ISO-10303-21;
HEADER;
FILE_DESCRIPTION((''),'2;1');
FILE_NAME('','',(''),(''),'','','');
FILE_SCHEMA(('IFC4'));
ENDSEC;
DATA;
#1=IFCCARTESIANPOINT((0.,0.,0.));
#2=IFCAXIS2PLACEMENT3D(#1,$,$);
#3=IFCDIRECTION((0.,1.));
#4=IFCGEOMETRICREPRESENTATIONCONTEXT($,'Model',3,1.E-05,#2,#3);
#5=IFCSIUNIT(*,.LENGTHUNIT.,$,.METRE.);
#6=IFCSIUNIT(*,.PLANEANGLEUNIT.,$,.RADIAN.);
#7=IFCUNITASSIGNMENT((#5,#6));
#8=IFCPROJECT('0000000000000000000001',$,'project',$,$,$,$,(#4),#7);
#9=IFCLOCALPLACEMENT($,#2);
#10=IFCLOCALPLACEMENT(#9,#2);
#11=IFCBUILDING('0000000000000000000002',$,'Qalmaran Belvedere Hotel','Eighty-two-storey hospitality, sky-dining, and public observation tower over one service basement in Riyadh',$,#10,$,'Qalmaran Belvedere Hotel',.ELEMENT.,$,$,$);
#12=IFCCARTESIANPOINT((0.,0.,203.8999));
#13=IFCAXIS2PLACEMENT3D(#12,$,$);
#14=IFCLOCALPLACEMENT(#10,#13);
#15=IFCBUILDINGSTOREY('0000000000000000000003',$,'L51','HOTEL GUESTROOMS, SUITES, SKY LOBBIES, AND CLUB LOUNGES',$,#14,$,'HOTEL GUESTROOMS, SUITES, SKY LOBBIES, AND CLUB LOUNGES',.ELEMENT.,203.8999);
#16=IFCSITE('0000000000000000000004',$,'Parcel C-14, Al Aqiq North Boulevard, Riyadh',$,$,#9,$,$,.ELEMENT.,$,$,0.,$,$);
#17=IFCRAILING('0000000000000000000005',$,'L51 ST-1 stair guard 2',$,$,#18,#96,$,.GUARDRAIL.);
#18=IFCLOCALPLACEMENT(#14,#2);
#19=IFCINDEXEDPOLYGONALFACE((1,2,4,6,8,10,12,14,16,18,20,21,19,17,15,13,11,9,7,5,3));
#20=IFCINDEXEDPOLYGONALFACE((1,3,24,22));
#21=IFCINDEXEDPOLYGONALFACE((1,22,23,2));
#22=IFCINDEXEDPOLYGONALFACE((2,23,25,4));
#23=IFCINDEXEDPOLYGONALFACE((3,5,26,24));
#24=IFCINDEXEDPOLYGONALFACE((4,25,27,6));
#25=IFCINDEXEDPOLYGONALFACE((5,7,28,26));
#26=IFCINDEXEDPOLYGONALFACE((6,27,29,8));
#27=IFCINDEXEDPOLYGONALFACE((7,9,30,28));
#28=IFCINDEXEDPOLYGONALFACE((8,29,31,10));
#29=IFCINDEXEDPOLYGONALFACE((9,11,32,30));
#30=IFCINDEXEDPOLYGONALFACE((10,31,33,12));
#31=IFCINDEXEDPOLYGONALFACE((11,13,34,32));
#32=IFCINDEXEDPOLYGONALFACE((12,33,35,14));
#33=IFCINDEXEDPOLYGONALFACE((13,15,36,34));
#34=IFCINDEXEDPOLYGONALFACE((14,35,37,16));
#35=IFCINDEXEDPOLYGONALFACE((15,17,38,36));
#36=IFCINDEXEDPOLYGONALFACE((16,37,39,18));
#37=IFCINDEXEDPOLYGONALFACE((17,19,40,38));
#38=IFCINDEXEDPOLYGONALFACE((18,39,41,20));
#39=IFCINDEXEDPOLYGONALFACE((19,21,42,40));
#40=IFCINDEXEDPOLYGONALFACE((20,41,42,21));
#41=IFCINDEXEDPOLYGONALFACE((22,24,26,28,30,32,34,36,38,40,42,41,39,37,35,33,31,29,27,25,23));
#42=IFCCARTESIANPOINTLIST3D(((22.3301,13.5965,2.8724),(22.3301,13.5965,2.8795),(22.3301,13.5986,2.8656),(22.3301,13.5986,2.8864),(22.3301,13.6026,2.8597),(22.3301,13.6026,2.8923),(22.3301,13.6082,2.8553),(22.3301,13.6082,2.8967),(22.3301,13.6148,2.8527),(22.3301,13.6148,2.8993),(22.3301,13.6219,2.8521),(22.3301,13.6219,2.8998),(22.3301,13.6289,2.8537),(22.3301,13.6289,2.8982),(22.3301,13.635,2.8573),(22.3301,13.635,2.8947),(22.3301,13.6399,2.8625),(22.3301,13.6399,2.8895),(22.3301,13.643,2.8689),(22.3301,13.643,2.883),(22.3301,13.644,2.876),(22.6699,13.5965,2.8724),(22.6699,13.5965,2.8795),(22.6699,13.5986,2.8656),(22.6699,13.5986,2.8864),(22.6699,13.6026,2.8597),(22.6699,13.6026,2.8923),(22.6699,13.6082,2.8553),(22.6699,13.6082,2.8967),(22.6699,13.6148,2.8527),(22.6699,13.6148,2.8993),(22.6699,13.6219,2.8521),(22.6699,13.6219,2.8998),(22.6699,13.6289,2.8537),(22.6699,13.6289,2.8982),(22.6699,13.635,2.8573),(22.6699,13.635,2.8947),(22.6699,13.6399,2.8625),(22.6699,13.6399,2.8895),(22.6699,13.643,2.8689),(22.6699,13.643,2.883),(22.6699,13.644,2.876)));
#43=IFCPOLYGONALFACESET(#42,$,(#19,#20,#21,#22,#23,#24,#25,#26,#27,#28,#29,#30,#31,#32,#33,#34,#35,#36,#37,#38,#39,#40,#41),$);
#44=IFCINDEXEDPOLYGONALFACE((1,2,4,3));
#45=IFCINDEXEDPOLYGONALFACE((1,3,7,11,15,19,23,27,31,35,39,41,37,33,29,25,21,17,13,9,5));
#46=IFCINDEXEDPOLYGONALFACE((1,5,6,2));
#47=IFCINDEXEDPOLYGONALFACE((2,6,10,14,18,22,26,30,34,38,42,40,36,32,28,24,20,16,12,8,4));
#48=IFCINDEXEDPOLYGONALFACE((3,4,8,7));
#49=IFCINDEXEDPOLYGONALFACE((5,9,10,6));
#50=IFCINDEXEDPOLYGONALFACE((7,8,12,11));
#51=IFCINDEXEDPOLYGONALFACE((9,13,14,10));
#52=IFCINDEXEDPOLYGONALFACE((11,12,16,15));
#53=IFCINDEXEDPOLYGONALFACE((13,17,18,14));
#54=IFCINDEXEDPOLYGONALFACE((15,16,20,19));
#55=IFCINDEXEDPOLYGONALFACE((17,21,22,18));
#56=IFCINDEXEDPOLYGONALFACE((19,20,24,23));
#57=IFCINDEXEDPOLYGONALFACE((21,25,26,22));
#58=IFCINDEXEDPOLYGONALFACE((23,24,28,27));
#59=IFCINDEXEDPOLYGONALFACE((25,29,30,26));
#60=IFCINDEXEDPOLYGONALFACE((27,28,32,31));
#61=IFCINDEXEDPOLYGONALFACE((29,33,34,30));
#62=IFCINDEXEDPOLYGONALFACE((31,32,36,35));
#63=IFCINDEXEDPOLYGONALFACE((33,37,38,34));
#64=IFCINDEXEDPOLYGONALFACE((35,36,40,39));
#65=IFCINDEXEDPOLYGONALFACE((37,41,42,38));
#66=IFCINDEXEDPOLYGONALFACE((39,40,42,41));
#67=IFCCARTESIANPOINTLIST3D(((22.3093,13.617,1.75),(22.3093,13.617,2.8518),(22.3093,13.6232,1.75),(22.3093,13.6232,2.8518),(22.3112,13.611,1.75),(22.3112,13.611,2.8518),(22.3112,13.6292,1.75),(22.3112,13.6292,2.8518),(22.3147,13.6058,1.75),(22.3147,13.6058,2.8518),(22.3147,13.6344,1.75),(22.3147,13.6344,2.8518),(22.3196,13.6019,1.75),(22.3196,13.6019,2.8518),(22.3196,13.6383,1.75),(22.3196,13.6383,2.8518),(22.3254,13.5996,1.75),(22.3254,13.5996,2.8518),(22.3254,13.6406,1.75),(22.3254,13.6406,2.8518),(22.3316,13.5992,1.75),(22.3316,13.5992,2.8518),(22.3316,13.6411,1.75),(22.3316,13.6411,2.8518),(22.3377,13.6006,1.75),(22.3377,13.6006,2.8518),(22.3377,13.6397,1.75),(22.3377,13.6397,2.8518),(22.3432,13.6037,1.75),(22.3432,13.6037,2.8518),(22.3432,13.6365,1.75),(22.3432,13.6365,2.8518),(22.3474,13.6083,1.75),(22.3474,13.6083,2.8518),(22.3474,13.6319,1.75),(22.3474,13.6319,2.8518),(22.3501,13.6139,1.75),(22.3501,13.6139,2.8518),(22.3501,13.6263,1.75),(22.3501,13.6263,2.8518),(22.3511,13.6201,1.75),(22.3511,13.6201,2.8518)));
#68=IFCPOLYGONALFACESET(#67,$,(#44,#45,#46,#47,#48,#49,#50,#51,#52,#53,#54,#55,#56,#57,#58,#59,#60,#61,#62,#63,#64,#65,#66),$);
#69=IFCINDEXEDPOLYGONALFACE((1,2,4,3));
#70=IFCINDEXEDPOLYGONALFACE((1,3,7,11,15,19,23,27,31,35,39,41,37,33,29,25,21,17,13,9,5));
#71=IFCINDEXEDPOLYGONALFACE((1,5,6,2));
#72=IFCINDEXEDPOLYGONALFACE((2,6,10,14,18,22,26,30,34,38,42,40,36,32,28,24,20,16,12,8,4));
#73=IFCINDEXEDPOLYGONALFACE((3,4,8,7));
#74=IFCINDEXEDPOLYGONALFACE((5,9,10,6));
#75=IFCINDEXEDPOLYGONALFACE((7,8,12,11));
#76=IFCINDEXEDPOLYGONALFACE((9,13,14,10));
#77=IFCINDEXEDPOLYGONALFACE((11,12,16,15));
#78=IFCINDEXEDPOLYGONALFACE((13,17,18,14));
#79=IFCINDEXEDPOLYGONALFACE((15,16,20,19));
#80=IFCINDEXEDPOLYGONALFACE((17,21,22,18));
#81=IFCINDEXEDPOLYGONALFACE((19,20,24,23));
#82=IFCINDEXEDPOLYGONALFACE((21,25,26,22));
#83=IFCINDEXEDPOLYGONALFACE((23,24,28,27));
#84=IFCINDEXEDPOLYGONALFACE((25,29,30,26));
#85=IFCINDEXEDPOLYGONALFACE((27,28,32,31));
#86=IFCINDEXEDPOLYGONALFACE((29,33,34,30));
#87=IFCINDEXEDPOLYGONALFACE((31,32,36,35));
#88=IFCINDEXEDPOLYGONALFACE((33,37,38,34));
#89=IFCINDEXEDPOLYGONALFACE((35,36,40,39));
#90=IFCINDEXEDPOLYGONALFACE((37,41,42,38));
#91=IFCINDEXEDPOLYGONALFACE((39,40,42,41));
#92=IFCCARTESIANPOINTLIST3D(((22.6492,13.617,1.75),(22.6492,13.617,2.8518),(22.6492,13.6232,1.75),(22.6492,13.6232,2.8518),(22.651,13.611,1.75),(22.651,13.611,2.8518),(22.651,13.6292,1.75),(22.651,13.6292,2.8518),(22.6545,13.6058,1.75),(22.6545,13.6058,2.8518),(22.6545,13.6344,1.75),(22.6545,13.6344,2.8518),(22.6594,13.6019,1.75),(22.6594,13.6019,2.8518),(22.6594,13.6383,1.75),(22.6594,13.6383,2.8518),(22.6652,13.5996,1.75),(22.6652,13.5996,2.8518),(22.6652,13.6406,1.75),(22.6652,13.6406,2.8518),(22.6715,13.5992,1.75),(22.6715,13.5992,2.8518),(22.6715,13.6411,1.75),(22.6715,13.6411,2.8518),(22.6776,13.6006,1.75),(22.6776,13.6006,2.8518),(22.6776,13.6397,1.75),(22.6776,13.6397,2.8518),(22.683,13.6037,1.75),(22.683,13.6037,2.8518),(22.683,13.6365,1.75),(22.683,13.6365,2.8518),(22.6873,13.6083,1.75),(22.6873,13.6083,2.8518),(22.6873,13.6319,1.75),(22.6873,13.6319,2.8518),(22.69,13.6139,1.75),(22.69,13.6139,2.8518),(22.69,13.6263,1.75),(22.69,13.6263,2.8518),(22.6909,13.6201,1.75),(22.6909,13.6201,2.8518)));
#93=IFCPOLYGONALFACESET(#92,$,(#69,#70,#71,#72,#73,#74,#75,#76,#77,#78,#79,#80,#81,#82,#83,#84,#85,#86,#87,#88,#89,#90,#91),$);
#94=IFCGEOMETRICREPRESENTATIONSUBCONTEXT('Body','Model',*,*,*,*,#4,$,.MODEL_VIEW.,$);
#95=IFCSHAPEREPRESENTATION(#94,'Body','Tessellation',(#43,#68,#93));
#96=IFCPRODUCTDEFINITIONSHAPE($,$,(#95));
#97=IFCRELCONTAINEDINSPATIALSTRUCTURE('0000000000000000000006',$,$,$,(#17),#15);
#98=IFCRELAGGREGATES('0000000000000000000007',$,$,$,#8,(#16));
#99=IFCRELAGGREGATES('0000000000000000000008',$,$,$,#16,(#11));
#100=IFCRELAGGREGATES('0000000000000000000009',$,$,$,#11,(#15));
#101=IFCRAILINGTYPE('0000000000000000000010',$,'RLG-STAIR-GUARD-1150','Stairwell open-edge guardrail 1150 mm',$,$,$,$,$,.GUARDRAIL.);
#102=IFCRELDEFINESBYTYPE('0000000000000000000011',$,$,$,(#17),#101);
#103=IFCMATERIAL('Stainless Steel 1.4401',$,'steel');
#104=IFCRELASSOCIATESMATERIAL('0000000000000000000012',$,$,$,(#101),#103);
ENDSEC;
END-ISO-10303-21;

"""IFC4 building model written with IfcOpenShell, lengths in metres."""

from ifc_helpers import new_model, si_unit, direction, frame, origin, origin_2d, place, context, subcontext, project, spatial, circle, extrude, material, type_object, element, save


model = new_model("IFC4")

# Units and contexts
model_context = context("Model", 3, precision=1e-05, world=origin(), true_north=direction((0.0, 1.0)))
body_context = subcontext(model_context, "Body", "Model", "MODEL_VIEW")
ifc_project = project(units=[si_unit("LENGTHUNIT", "METRE"), si_unit("PLANEANGLEUNIT", "RADIAN")], contexts=[model_context])

# Site, building, storey
site_placement = place(None, origin())
site = spatial("IfcSite", under=ifc_project, at=site_placement, Name="Parcel C-14, Al Aqiq North Boulevard, Riyadh", CompositionType="ELEMENT", RefElevation=0.0)
building_placement = place(site_placement, origin())
building = spatial("IfcBuilding", under=site, at=building_placement, Name="Qalmaran Belvedere Hotel", Description="Eighty-two-storey hospitality, sky-dining, and public observation tower over one service basement in Riyadh", LongName="Qalmaran Belvedere Hotel", CompositionType="ELEMENT")
storey_placement = place(building_placement, frame((0.0, 0.0, 203.8999)))
storey = spatial("IfcBuildingStorey", under=building, at=storey_placement, Name="L51", Description="HOTEL GUESTROOMS, SUITES, SKY LOBBIES, AND CLUB LOUNGES", LongName="HOTEL GUESTROOMS, SUITES, SKY LOBBIES, AND CLUB LOUNGES", CompositionType="ELEMENT", Elevation=203.8999)

# Shared definitions
ifc_material_1 = material(Name="Stainless Steel 1.4401", Category="steel")

# Railing
railing_type_1 = type_object("IfcRailingType", Name="RLG-STAIR-GUARD-1150", Description="Stairwell open-edge guardrail 1150 mm", PredefinedType="GUARDRAIL", material=ifc_material_1)
railing_1_placement = place(storey_placement, frame((22.3301, 13.6201, 1.75)))
element("IfcRailing", 1, at=railing_1_placement, inside=storey, type_object=railing_type_1, Name="L51 ST-1 stair guard 2", PredefinedType="GUARDRAIL", context=body_context, shape_type="SweptSolid", body=[
    extrude(circle(Radius=0.0239, at=origin_2d()), frame((0.0, 0.0, 1.126), z_axis=(1.0, 0.0, 0.0), x_axis=(0.0, 1.0, 0.0)), (0.0, 0.0, 1.0), 0.3398),
    extrude(circle(Radius=0.021, at=origin_2d()), origin(), (0.0, 0.0, 1.0), 1.1018),
    extrude(circle(Radius=0.021, at=origin_2d()), frame((0.3398, 0.0, 0.0)), (0.0, 0.0, 1.0), 1.1018),
])

save(model, "model.ifc")
